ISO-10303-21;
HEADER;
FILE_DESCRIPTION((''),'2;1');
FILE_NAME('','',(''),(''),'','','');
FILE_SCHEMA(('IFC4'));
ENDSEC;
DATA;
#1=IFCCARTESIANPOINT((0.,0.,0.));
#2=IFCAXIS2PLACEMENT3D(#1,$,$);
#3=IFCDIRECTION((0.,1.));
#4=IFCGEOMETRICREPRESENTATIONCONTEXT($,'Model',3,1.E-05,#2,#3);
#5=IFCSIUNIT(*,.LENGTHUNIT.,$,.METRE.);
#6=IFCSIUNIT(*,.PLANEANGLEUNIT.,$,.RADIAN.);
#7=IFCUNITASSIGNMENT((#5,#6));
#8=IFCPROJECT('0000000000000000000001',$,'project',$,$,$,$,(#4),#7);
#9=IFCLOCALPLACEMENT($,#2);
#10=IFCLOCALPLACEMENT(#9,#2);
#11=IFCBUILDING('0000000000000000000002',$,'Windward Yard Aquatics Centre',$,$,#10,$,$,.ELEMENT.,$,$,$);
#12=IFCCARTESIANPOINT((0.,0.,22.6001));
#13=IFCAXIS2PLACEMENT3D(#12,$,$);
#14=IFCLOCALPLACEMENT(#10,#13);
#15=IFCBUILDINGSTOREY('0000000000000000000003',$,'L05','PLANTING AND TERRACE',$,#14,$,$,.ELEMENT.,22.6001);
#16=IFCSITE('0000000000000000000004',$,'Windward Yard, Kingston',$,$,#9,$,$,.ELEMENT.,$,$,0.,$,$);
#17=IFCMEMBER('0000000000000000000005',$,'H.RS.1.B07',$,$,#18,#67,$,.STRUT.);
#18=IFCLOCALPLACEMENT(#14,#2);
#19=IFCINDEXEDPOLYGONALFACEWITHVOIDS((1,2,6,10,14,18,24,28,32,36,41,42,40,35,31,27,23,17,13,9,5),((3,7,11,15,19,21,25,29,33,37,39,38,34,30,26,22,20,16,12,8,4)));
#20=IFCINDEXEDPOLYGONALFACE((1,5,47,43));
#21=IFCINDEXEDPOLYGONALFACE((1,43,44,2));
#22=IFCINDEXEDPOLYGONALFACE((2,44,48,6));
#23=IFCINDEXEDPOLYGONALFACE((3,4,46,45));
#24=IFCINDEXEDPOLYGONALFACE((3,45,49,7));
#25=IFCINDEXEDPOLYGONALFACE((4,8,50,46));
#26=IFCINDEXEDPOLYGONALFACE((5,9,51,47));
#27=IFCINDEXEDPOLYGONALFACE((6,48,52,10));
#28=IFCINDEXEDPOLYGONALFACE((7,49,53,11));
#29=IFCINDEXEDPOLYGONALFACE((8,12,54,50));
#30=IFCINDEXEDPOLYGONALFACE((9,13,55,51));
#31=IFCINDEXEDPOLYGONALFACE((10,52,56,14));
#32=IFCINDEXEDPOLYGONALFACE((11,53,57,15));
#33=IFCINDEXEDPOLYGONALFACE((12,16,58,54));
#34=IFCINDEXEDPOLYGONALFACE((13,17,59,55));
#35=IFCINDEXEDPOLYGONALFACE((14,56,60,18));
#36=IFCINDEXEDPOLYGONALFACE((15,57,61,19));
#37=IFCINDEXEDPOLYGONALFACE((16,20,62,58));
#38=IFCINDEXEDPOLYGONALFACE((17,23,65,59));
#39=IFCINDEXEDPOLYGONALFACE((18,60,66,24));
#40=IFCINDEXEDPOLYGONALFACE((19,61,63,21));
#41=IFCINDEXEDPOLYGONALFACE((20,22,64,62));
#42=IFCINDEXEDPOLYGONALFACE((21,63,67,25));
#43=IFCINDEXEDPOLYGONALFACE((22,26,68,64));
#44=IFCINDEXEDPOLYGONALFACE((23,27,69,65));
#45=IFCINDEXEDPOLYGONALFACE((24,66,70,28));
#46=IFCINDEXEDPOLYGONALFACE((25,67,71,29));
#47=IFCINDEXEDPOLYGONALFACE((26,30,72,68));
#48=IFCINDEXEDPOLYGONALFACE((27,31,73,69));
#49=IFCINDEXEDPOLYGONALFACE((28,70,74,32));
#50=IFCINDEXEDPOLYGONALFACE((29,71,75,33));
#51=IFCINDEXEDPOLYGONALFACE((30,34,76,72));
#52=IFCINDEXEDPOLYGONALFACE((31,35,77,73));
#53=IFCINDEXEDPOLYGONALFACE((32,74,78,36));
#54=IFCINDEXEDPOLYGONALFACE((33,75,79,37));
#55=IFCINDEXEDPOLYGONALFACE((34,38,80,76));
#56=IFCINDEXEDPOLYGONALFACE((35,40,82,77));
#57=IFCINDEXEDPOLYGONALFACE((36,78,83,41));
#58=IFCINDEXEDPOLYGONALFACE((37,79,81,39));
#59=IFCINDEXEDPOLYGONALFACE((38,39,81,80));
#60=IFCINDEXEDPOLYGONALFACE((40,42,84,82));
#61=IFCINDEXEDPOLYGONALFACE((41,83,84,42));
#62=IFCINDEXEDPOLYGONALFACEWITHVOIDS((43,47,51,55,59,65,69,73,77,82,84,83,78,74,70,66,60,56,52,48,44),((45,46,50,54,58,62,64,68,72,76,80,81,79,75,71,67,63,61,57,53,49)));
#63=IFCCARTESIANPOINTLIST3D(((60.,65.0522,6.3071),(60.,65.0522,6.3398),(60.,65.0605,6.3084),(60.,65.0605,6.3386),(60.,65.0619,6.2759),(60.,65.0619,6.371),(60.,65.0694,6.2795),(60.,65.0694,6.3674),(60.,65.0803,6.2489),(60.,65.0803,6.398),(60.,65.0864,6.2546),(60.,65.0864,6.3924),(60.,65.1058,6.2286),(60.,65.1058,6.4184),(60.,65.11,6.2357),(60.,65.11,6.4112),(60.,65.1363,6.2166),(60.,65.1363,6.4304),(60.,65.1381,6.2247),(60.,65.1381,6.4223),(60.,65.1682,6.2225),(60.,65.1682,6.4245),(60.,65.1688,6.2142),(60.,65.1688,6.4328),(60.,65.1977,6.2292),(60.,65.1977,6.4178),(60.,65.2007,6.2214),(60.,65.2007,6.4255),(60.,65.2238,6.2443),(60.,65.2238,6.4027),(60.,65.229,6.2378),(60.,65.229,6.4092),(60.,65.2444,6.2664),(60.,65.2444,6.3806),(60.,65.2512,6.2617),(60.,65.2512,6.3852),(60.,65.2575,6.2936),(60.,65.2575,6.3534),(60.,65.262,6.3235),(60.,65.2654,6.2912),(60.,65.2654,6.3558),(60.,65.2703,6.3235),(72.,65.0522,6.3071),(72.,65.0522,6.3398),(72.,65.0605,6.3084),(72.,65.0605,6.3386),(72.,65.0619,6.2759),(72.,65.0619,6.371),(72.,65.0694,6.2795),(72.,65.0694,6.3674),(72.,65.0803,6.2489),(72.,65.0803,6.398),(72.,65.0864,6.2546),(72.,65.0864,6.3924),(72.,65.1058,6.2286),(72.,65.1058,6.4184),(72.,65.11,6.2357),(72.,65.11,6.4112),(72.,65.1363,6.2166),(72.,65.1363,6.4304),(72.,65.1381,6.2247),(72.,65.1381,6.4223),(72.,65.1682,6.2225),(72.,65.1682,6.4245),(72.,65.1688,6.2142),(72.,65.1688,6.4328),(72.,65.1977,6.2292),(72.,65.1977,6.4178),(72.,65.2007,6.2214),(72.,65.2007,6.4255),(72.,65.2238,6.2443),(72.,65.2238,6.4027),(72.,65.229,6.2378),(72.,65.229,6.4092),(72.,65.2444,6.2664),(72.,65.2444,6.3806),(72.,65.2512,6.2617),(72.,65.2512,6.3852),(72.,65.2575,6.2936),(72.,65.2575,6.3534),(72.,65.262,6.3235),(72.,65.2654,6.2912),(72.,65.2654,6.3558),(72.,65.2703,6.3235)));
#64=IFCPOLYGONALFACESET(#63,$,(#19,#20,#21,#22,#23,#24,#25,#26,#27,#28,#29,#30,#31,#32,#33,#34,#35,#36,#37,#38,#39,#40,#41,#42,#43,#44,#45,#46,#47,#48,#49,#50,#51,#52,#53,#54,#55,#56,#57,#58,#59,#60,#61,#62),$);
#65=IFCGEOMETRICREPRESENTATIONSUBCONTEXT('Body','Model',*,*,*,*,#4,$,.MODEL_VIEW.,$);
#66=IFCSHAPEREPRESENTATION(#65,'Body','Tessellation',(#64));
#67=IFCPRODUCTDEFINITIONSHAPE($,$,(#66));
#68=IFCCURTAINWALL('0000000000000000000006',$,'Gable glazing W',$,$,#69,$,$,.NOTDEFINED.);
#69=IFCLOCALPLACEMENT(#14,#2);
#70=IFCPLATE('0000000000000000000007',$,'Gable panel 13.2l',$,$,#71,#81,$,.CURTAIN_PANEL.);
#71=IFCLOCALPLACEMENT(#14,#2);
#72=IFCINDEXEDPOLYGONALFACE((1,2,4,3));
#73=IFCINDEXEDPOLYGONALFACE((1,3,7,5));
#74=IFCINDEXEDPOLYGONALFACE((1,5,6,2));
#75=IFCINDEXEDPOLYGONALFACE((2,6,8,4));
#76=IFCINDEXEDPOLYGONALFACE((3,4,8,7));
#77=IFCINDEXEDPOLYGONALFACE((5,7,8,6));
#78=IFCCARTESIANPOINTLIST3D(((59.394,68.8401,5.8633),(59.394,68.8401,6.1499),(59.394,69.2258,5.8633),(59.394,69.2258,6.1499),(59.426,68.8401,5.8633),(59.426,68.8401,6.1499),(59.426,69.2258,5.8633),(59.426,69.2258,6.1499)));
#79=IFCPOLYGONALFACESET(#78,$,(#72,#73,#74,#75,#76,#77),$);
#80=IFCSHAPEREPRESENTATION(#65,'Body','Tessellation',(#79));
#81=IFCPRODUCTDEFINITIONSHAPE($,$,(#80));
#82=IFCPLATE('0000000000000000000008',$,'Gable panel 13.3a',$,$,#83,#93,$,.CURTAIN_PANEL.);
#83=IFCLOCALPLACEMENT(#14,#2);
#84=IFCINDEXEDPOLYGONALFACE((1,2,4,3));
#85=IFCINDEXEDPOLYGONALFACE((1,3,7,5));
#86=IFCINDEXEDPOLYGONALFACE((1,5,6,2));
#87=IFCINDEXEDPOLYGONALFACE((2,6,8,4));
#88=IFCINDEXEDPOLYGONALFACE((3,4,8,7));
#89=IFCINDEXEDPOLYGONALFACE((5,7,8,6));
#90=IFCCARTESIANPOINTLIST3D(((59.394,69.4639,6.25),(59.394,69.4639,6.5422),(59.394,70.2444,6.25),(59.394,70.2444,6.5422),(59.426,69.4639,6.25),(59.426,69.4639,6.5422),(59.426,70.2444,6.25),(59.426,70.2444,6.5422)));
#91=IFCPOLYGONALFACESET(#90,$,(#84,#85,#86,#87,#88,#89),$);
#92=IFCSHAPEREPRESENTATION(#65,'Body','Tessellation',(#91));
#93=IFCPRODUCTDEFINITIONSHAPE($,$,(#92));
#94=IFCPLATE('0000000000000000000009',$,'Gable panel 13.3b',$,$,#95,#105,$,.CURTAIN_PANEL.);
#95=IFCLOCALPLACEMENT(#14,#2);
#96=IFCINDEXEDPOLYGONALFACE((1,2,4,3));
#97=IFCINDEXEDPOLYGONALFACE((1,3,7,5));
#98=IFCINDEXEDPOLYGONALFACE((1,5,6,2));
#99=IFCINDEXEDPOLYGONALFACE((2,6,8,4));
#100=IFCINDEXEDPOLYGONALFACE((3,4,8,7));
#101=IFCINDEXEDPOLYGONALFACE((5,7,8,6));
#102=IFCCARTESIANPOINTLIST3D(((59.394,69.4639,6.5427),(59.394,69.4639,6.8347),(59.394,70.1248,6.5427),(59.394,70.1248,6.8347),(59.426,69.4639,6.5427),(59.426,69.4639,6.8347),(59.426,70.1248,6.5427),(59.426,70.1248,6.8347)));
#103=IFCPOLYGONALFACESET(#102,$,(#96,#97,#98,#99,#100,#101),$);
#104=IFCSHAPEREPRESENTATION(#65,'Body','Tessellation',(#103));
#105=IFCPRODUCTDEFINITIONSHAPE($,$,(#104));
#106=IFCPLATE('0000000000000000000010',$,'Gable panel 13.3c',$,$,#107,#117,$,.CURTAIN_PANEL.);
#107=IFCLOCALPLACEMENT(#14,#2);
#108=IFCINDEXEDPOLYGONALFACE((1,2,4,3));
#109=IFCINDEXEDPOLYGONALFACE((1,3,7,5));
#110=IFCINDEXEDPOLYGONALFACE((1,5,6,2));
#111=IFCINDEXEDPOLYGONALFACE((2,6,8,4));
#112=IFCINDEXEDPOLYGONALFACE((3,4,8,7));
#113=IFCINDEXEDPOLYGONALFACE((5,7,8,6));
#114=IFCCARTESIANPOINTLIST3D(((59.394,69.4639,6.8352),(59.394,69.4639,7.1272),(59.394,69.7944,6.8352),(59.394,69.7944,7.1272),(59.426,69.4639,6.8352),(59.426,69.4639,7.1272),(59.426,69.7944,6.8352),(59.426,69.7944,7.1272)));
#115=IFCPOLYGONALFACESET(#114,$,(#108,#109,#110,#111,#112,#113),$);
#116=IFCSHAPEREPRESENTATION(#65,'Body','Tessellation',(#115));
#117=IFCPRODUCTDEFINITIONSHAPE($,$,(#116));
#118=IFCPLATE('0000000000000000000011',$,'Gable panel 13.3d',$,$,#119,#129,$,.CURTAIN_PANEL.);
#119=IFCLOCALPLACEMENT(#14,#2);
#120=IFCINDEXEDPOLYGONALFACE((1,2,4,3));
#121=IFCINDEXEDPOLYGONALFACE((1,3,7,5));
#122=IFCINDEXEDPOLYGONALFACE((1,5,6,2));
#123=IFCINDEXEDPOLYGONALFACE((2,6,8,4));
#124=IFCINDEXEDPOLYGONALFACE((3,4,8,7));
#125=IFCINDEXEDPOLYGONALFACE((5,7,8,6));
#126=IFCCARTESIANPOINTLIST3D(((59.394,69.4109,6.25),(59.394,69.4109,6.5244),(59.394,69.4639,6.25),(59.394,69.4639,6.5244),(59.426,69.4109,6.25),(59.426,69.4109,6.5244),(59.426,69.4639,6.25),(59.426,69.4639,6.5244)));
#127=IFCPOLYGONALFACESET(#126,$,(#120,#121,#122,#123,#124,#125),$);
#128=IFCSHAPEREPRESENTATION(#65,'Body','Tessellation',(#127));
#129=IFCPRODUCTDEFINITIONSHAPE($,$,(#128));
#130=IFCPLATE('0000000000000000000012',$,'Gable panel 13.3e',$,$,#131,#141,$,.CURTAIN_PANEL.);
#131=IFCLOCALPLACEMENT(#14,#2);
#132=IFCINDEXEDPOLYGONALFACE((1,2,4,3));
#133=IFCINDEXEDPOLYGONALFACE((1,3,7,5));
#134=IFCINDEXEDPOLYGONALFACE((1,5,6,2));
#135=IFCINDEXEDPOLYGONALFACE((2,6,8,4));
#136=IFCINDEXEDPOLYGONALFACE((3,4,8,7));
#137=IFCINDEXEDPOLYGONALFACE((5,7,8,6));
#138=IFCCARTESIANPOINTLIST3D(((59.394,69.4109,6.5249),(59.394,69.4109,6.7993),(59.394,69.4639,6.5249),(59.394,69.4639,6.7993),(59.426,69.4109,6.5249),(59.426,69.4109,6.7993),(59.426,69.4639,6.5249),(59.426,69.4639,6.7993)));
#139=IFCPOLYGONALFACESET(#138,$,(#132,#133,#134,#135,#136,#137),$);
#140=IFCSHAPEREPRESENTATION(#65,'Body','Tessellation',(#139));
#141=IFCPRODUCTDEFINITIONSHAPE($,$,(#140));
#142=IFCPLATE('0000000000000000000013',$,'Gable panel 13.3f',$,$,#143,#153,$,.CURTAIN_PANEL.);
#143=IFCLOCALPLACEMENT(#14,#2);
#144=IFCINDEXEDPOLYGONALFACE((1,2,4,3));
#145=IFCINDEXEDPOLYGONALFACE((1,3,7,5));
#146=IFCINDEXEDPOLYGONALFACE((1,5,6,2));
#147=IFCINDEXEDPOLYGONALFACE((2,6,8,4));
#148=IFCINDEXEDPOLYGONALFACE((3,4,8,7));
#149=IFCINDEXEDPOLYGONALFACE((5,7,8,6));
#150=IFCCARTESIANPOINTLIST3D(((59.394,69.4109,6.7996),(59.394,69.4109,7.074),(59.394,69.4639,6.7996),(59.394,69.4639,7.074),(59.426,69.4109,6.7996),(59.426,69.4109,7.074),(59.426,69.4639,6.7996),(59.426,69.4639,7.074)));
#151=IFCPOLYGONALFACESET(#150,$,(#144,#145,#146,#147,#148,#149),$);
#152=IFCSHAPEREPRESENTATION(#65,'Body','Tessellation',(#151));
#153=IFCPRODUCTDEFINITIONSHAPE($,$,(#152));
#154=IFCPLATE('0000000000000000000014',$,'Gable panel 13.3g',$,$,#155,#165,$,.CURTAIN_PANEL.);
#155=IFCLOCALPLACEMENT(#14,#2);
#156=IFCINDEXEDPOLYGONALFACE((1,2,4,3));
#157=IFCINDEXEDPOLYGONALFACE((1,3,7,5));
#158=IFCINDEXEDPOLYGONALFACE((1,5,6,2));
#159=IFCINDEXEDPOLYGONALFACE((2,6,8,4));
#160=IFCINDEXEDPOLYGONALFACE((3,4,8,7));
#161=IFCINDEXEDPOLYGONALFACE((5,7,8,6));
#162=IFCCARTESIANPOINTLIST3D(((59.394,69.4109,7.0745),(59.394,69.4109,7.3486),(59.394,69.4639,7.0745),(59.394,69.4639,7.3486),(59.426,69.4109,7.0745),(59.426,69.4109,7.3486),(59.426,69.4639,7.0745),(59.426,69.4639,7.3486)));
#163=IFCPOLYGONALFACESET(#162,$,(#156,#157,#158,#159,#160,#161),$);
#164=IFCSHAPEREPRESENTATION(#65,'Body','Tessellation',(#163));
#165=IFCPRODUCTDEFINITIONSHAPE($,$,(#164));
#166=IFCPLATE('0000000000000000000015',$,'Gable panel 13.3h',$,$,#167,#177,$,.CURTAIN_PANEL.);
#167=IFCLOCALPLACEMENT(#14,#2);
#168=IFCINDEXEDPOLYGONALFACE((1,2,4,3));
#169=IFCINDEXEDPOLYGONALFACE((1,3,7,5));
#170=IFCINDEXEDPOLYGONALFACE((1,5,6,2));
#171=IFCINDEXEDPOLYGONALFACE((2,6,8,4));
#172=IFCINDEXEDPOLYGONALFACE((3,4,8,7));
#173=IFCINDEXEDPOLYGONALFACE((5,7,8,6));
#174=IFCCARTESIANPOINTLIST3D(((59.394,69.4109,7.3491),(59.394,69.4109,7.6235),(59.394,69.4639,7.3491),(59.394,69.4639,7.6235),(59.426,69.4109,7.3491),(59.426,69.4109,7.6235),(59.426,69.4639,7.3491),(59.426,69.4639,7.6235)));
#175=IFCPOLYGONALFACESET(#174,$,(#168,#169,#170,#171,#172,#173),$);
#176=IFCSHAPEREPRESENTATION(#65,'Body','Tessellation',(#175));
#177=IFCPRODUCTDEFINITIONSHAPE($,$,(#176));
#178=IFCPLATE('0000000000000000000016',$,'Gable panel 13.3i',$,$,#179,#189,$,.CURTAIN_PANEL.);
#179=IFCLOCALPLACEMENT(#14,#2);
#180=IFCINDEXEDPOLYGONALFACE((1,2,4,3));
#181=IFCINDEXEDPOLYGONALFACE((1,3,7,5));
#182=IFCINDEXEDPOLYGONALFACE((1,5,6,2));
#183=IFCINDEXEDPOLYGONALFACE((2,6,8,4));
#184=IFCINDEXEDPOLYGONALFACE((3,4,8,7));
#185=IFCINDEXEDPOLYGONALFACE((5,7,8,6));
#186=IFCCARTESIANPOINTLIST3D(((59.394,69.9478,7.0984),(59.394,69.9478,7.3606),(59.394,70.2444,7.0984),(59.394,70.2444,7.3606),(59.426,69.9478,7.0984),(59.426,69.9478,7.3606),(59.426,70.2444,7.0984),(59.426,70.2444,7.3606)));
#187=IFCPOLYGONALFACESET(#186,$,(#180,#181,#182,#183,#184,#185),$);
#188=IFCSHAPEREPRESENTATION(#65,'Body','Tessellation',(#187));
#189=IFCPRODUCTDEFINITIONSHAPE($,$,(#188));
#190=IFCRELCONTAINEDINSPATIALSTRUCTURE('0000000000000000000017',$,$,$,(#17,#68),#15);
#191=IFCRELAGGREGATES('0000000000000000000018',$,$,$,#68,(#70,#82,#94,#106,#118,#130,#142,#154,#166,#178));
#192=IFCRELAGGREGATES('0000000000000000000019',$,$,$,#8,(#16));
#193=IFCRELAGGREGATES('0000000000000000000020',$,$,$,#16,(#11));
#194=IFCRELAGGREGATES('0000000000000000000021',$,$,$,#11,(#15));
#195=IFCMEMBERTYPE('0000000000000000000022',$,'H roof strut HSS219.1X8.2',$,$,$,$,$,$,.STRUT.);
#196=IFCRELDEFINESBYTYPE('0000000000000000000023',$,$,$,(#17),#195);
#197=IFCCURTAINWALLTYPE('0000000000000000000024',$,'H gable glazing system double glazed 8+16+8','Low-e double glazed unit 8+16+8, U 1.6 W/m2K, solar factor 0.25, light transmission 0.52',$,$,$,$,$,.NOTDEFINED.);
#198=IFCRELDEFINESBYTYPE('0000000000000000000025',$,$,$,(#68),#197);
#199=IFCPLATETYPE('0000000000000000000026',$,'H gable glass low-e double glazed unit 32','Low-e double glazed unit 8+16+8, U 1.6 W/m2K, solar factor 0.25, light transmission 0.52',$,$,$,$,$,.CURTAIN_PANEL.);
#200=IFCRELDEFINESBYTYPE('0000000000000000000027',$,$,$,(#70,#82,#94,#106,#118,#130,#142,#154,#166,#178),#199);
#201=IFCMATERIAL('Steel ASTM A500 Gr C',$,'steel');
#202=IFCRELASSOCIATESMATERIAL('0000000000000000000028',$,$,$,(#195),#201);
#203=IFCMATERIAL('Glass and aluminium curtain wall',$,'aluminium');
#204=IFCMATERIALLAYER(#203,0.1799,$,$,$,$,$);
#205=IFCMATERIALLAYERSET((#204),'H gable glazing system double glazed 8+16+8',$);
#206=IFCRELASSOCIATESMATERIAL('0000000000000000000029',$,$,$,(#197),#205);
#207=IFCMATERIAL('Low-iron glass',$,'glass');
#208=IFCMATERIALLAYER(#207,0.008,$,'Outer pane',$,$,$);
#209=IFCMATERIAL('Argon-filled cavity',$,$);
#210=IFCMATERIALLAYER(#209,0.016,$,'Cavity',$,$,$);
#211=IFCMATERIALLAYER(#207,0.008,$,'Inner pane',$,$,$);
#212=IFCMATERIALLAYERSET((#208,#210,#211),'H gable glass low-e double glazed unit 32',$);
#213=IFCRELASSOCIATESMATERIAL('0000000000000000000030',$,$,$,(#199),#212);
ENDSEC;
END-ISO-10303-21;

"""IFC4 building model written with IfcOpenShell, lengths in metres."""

from ifc_helpers import new_model, si_unit, direction, frame, origin, origin_2d, place, context, subcontext, project, spatial, polyline, hollow_circle, outline, extrude, material, layer, layer_set, material_profile, profile_set, type_object, element, aggregate, save


model = new_model("IFC4")

# Units and contexts
model_context = context("Model", 3, precision=1e-05, world=origin(), true_north=direction((0.0, 1.0)))
body_context = subcontext(model_context, "Body", "Model", "MODEL_VIEW")
ifc_project = project(units=[si_unit("LENGTHUNIT", "METRE"), si_unit("PLANEANGLEUNIT", "RADIAN")], contexts=[model_context])

# Site, building, storey
site_placement = place(None, origin())
site = spatial("IfcSite", under=ifc_project, at=site_placement, Name="Windward Yard, Kingston", CompositionType="ELEMENT", RefElevation=0.0)
building_placement = place(site_placement, origin())
building = spatial("IfcBuilding", under=site, at=building_placement, Name="Windward Yard Aquatics Centre", CompositionType="ELEMENT")
storey_placement = place(building_placement, frame((0.0, 0.0, 22.6001)))
storey = spatial("IfcBuildingStorey", under=building, at=storey_placement, Name="L05", Description="PLANTING AND TERRACE", CompositionType="ELEMENT", Elevation=22.6001)

# Member
ifc_material_1 = material(Name="Steel ASTM A500 Gr C", Category="steel")
ifc_material_profile_1 = material_profile(ifc_material_1, hollow_circle(Radius=0.1096, WallThickness=0.0083, at=origin_2d()), Name="HSS219.1X8.2")
ifc_profile_set_1 = profile_set([ifc_material_profile_1], Name="Steel ASTM A500 Gr C")
member_type_1 = type_object("IfcMemberType", Name="H roof strut HSS219.1X8.2", PredefinedType="STRUT", material=ifc_profile_set_1)
for number, where, z_axis, x_axis, name in (
    (1, (60.0, 65.1606, 6.3235), (1.0, 0.0, 0.0), (0.0, 1.0, 0.0), "H.RS.1.B07"),
):
    element("IfcMember", number, at=place(storey_placement, frame(where, z_axis=z_axis, x_axis=x_axis)), inside=storey, type_object=member_type_1, Name=name, PredefinedType="STRUT", context=body_context, shape_type="SweptSolid", body=[
        extrude(hollow_circle(Radius=0.1096, WallThickness=0.0083, at=origin_2d()), origin(), (0.0, 0.0, 1.0), 12.0),
    ])

# Curtain wall, plates
ifc_material_2 = material(Name="Glass and aluminium curtain wall", Category="aluminium")
ifc_layer_1 = layer(ifc_material_2, 0.1799)
ifc_layer_set_1 = layer_set([ifc_layer_1], Name="H gable glazing system double glazed 8+16+8")
curtain_wall_type = type_object("IfcCurtainWallType", Name="H gable glazing system double glazed 8+16+8", Description="Low-e double glazed unit 8+16+8, U 1.6 W/m2K, solar factor 0.25, light transmission 0.52", PredefinedType="NOTDEFINED", material=ifc_layer_set_1)
curtain_wall_placement = place(storey_placement, origin())
curtain_wall = element("IfcCurtainWall", 2, at=curtain_wall_placement, inside=storey, type_object=curtain_wall_type, Name="Gable glazing W", PredefinedType="NOTDEFINED")
ifc_material_3 = material(Name="Low-iron glass", Category="glass")
ifc_layer_2 = layer(ifc_material_3, 0.008, Name="Outer pane")
ifc_material_4 = material(Name="Argon-filled cavity")
ifc_layer_3 = layer(ifc_material_4, 0.016, Name="Cavity")
ifc_layer_4 = layer(ifc_material_3, 0.008, Name="Inner pane")
ifc_layer_set_2 = layer_set([ifc_layer_2, ifc_layer_3, ifc_layer_4], Name="H gable glass low-e double glazed unit 32")
plate_type = type_object("IfcPlateType", Name="H gable glass low-e double glazed unit 32", Description="Low-e double glazed unit 8+16+8, U 1.6 W/m2K, solar factor 0.25, light transmission 0.52", PredefinedType="CURTAIN_PANEL", material=ifc_layer_set_2)
plate_1_placement = place(storey_placement, frame((59.426, 68.8401, 5.8633), z_axis=(1.0, 0.0, 0.0), x_axis=(0.0, 1.0, 0.0)))
plate_1 = element("IfcPlate", 3, at=plate_1_placement, type_object=plate_type, Name="Gable panel 13.2l", PredefinedType="CURTAIN_PANEL", context=body_context, shape_type="SweptSolid", body=[
    extrude(outline(polyline([(0.0, 0.0), (0.3857, 0.0), (0.3857, 0.2866), (0.0, 0.2866), (0.0, 0.0)])), origin(), (0.0, 0.0, -1.0), 0.032),
])
plate_2_placement = place(storey_placement, frame((59.426, 69.4639, 6.25), z_axis=(1.0, 0.0, 0.0), x_axis=(0.0, 1.0, 0.0)))
plate_2 = element("IfcPlate", 4, at=plate_2_placement, type_object=plate_type, Name="Gable panel 13.3a", PredefinedType="CURTAIN_PANEL", context=body_context, shape_type="SweptSolid", body=[
    extrude(outline(polyline([(0.0, 0.0), (0.7805, 0.0), (0.7805, 0.2922), (0.0, 0.2922), (0.0, 0.0)])), origin(), (0.0, 0.0, -1.0), 0.032),
])
plate_3_placement = place(storey_placement, frame((59.426, 69.4639, 6.5427), z_axis=(1.0, 0.0, 0.0), x_axis=(0.0, 1.0, 0.0)))
plate_3 = element("IfcPlate", 5, at=plate_3_placement, type_object=plate_type, Name="Gable panel 13.3b", PredefinedType="CURTAIN_PANEL", context=body_context, shape_type="SweptSolid", body=[
    extrude(outline(polyline([(0.0, 0.0), (0.6609, 0.0), (0.6609, 0.292), (0.0, 0.292), (0.0, 0.0)])), origin(), (0.0, 0.0, -1.0), 0.032),
])
plate_4_placement = place(storey_placement, frame((59.426, 69.4639, 6.8352), z_axis=(1.0, 0.0, 0.0), x_axis=(0.0, 1.0, 0.0)))
plate_4 = element("IfcPlate", 6, at=plate_4_placement, type_object=plate_type, Name="Gable panel 13.3c", PredefinedType="CURTAIN_PANEL", context=body_context, shape_type="SweptSolid", body=[
    extrude(outline(polyline([(0.0, 0.0), (0.3306, 0.0), (0.3306, 0.292), (0.0, 0.292), (0.0, 0.0)])), origin(), (0.0, 0.0, -1.0), 0.032),
])
plate_5_placement = place(storey_placement, frame((59.426, 69.4109, 6.25), z_axis=(1.0, 0.0, 0.0), x_axis=(0.0, 1.0, 0.0)))
plate_5 = element("IfcPlate", 7, at=plate_5_placement, type_object=plate_type, Name="Gable panel 13.3d", PredefinedType="CURTAIN_PANEL", context=body_context, shape_type="SweptSolid", body=[
    extrude(outline(polyline([(0.0, 0.0), (0.053, 0.0), (0.053, 0.2744), (0.0, 0.2744), (0.0, 0.0)])), origin(), (0.0, 0.0, -1.0), 0.032),
])
plate_6_placement = place(storey_placement, frame((59.426, 69.4109, 6.5249), z_axis=(1.0, 0.0, 0.0), x_axis=(0.0, 1.0, 0.0)))
plate_6 = element("IfcPlate", 8, at=plate_6_placement, type_object=plate_type, Name="Gable panel 13.3e", PredefinedType="CURTAIN_PANEL", context=body_context, shape_type="SweptSolid", body=[
    extrude(outline(polyline([(0.0, 0.0), (0.053, 0.0), (0.053, 0.2744), (0.0, 0.2744), (0.0, 0.0)])), origin(), (0.0, 0.0, -1.0), 0.032),
])
plate_7_placement = place(storey_placement, frame((59.426, 69.4109, 6.7996), z_axis=(1.0, 0.0, 0.0), x_axis=(0.0, 1.0, 0.0)))
plate_7 = element("IfcPlate", 9, at=plate_7_placement, type_object=plate_type, Name="Gable panel 13.3f", PredefinedType="CURTAIN_PANEL", context=body_context, shape_type="SweptSolid", body=[
    extrude(outline(polyline([(0.0, 0.0), (0.053, 0.0), (0.053, 0.2744), (0.0, 0.2744), (0.0, 0.0)])), origin(), (0.0, 0.0, -1.0), 0.032),
])
plate_8_placement = place(storey_placement, frame((59.426, 69.4109, 7.0745), z_axis=(1.0, 0.0, 0.0), x_axis=(0.0, 1.0, 0.0)))
plate_8 = element("IfcPlate", 10, at=plate_8_placement, type_object=plate_type, Name="Gable panel 13.3g", PredefinedType="CURTAIN_PANEL", context=body_context, shape_type="SweptSolid", body=[
    extrude(outline(polyline([(0.0, 0.0), (0.053, 0.0), (0.053, 0.2742), (0.0, 0.2742), (0.0, 0.0)])), origin(), (0.0, 0.0, -1.0), 0.032),
])
plate_9_placement = place(storey_placement, frame((59.426, 69.4109, 7.3491), z_axis=(1.0, 0.0, 0.0), x_axis=(0.0, 1.0, 0.0)))
plate_9 = element("IfcPlate", 11, at=plate_9_placement, type_object=plate_type, Name="Gable panel 13.3h", PredefinedType="CURTAIN_PANEL", context=body_context, shape_type="SweptSolid", body=[
    extrude(outline(polyline([(0.0, 0.0), (0.053, 0.0), (0.053, 0.2744), (0.0, 0.2744), (0.0, 0.0)])), origin(), (0.0, 0.0, -1.0), 0.032),
])
plate_10_placement = place(storey_placement, frame((59.426, 69.9478, 7.0984), z_axis=(1.0, 0.0, 0.0), x_axis=(0.0, 1.0, 0.0)))
plate_10 = element("IfcPlate", 12, at=plate_10_placement, type_object=plate_type, Name="Gable panel 13.3i", PredefinedType="CURTAIN_PANEL", context=body_context, shape_type="SweptSolid", body=[
    extrude(outline(polyline([(0.0, 0.0), (0.2966, 0.0), (0.2966, 0.2622), (0.0, 0.2622), (0.0, 0.0)])), origin(), (0.0, 0.0, -1.0), 0.032),
])

aggregate(curtain_wall, [plate_1, plate_2, plate_3, plate_4, plate_5, plate_6, plate_7, plate_8, plate_9, plate_10])

save(model, "model.ifc")
